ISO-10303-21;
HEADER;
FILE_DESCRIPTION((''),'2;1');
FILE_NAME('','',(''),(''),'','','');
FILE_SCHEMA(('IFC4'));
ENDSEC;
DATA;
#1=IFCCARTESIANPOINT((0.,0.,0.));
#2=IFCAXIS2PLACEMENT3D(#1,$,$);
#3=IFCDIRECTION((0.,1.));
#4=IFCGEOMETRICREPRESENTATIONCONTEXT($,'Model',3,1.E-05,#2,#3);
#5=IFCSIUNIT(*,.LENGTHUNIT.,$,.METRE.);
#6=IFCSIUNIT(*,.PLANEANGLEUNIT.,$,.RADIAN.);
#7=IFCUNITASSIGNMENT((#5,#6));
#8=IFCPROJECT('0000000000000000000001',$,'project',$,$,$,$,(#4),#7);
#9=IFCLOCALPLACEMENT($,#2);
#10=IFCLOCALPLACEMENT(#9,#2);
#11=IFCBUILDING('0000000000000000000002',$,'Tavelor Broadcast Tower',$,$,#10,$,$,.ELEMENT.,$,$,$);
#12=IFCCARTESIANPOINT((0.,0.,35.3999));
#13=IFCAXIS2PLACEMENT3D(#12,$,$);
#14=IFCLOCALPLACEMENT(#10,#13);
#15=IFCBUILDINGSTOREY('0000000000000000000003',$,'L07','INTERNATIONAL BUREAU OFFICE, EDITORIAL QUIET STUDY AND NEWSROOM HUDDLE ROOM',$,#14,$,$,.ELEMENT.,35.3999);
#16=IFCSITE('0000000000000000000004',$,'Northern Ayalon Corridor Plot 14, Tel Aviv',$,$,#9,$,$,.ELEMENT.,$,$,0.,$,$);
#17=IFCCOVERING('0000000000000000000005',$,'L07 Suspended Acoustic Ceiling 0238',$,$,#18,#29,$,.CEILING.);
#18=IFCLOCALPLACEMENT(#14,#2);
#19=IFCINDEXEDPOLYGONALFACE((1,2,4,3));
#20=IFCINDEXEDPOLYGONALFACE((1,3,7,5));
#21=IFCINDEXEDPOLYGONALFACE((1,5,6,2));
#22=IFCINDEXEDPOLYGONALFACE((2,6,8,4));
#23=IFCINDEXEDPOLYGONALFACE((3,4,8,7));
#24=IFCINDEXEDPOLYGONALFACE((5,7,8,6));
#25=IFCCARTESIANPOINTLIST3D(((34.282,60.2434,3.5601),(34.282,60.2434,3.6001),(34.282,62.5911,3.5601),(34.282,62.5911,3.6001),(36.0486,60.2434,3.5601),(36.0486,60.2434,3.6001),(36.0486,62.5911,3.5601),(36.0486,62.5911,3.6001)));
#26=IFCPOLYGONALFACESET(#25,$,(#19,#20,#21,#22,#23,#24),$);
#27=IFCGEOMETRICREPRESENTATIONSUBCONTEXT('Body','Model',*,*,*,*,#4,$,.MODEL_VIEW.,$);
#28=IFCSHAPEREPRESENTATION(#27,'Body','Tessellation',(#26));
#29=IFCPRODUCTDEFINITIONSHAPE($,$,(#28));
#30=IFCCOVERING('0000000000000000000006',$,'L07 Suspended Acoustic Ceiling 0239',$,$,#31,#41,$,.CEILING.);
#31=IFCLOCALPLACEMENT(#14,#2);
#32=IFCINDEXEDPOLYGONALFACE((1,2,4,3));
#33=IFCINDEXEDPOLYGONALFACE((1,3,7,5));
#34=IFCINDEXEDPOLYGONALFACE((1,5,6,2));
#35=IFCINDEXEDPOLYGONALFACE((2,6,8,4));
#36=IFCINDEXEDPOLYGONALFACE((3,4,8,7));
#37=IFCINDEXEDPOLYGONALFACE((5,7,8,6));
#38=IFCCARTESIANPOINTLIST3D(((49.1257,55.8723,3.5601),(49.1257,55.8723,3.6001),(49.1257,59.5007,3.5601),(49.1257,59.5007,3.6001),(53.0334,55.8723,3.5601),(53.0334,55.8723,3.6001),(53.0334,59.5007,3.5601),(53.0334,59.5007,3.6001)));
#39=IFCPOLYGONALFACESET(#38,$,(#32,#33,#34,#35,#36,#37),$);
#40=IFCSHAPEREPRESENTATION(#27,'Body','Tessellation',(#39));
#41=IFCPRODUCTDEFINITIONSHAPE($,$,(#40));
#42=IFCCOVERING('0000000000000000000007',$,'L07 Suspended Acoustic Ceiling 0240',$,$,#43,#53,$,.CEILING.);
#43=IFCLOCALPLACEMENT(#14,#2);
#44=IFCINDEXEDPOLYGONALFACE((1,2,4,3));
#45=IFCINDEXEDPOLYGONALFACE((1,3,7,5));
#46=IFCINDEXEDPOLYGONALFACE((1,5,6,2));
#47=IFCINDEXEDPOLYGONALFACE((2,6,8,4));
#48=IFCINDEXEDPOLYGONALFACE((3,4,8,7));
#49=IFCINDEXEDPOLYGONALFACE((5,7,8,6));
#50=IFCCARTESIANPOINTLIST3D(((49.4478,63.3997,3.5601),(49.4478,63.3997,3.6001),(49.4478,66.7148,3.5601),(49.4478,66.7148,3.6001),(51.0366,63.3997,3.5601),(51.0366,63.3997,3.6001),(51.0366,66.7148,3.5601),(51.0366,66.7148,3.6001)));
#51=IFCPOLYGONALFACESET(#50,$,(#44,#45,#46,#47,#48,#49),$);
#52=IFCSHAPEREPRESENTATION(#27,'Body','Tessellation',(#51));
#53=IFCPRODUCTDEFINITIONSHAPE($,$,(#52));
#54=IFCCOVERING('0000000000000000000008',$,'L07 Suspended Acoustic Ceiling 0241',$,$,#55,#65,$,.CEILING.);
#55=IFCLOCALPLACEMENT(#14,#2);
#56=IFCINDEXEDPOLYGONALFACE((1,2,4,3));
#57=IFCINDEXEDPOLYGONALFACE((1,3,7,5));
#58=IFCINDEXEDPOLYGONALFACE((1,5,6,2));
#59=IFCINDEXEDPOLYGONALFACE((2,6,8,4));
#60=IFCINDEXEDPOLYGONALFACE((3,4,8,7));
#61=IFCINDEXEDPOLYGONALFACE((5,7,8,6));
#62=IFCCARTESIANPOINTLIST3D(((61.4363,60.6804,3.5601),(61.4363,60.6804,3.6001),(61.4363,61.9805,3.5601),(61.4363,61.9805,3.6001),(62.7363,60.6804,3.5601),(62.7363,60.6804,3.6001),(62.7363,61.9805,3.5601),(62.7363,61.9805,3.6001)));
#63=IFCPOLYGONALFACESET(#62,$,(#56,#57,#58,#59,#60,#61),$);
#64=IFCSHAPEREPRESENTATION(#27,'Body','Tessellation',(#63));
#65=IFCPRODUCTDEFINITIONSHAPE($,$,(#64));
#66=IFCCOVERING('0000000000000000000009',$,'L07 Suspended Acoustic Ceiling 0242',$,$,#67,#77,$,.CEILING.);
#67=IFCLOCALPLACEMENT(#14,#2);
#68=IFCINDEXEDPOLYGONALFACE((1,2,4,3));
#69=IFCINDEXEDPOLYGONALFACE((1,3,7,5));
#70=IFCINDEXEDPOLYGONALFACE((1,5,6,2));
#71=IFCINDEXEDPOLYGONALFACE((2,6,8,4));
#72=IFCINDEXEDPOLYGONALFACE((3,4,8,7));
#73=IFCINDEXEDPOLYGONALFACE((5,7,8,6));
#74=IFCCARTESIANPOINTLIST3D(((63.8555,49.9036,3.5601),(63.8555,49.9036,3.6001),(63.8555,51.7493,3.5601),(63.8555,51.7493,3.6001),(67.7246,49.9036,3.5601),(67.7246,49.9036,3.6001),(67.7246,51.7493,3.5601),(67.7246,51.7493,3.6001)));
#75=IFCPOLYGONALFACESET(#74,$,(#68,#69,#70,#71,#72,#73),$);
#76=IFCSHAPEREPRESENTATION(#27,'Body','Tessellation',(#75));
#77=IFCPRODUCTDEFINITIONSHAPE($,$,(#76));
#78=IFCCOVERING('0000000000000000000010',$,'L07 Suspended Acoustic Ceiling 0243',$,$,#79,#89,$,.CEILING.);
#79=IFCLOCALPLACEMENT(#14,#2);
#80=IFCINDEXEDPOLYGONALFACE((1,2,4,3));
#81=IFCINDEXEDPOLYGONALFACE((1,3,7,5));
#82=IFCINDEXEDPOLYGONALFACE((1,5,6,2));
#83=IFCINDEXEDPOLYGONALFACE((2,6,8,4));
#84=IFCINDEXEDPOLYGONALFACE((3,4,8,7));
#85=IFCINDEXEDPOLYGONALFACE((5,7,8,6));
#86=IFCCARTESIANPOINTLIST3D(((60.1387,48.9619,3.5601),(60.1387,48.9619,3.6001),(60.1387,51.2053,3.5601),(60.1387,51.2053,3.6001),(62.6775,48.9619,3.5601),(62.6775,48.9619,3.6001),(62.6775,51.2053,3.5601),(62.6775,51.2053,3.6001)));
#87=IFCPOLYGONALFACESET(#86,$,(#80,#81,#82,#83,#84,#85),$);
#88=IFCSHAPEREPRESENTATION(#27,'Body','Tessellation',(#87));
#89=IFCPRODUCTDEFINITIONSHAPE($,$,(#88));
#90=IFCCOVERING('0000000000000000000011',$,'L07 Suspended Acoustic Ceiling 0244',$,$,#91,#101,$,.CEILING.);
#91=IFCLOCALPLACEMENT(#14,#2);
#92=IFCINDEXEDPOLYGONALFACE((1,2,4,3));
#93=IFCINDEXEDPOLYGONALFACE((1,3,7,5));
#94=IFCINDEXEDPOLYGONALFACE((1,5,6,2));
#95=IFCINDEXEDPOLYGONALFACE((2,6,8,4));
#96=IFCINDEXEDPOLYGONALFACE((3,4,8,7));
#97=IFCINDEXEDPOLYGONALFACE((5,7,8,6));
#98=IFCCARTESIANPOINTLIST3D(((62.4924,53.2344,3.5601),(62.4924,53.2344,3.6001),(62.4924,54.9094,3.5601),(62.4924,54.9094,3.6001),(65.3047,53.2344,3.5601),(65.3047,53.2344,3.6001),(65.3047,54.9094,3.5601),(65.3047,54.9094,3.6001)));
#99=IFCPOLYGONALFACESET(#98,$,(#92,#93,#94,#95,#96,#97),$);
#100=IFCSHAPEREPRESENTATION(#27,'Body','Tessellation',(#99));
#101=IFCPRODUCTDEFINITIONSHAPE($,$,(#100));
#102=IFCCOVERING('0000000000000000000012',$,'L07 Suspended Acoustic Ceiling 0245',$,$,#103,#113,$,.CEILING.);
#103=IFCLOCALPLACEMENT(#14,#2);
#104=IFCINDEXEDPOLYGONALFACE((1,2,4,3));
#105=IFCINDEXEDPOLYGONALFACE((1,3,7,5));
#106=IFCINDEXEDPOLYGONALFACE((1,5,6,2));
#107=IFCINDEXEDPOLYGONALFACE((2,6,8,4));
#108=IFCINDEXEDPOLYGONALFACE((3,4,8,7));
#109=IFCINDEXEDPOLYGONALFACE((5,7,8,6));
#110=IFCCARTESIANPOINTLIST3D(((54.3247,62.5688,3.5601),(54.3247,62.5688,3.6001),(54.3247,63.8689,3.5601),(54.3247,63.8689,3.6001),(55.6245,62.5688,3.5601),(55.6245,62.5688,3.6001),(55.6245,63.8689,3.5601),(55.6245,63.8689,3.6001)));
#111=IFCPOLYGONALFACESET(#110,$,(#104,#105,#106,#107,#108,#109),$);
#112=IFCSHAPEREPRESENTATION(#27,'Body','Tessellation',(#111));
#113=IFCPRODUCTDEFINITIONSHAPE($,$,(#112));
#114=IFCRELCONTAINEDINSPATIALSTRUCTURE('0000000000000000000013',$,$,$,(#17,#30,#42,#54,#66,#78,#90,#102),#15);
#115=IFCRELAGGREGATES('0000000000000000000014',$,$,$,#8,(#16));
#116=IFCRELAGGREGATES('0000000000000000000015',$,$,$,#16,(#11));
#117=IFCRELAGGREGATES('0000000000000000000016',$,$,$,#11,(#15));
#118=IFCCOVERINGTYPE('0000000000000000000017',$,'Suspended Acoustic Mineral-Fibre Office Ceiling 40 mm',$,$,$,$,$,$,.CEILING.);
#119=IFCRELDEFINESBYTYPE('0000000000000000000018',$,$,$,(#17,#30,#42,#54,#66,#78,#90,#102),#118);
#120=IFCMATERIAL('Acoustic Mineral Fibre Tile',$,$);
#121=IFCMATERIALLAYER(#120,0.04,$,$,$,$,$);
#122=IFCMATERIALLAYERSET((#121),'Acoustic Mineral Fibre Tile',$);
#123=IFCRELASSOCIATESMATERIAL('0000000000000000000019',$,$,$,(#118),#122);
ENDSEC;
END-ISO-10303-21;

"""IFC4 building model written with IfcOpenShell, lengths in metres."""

from ifc_helpers import new_model, si_unit, direction, frame, origin, place, context, subcontext, project, spatial, polyline, outline, extrude, material, layer, layer_set, type_object, element, save


model = new_model("IFC4")

# Units and contexts
model_context = context("Model", 3, precision=1e-05, world=origin(), true_north=direction((0.0, 1.0)))
body_context = subcontext(model_context, "Body", "Model", "MODEL_VIEW")
ifc_project = project(units=[si_unit("LENGTHUNIT", "METRE"), si_unit("PLANEANGLEUNIT", "RADIAN")], contexts=[model_context])

# Site, building, storey
site_placement = place(None, origin())
site = spatial("IfcSite", under=ifc_project, at=site_placement, Name="Northern Ayalon Corridor Plot 14, Tel Aviv", CompositionType="ELEMENT", RefElevation=0.0)
building_placement = place(site_placement, origin())
building = spatial("IfcBuilding", under=site, at=building_placement, Name="Tavelor Broadcast Tower", CompositionType="ELEMENT")
storey_placement = place(building_placement, frame((0.0, 0.0, 35.3999)))
storey = spatial("IfcBuildingStorey", under=building, at=storey_placement, Name="L07", Description="INTERNATIONAL BUREAU OFFICE, EDITORIAL QUIET STUDY AND NEWSROOM HUDDLE ROOM", CompositionType="ELEMENT", Elevation=35.3999)

# Coverings
ifc_material_1 = material(Name="Acoustic Mineral Fibre Tile")
ifc_layer_1 = layer(ifc_material_1, 0.04)
ifc_layer_set_1 = layer_set([ifc_layer_1], Name="Acoustic Mineral Fibre Tile")
covering_type_1 = type_object("IfcCoveringType", Name="Suspended Acoustic Mineral-Fibre Office Ceiling 40 mm", PredefinedType="CEILING", material=ifc_layer_set_1)
covering_1_placement = place(storey_placement, frame((0.0, 0.0, 3.5601)))
element("IfcCovering", 1, at=covering_1_placement, inside=storey, type_object=covering_type_1, Name="L07 Suspended Acoustic Ceiling 0238", PredefinedType="CEILING", context=body_context, shape_type="SweptSolid", body=[
    extrude(outline(polyline([(34.282, 60.2434), (36.0486, 60.2434), (36.0486, 62.5911), (34.282, 62.5911), (34.282, 60.2434)])), origin(), (0.0, 0.0, 1.0), 0.04),
])
covering_2_placement = place(storey_placement, frame((0.0, 0.0, 3.5601)))
element("IfcCovering", 2, at=covering_2_placement, inside=storey, type_object=covering_type_1, Name="L07 Suspended Acoustic Ceiling 0239", PredefinedType="CEILING", context=body_context, shape_type="SweptSolid", body=[
    extrude(outline(polyline([(49.1257, 55.8723), (53.0334, 55.8723), (53.0334, 59.5007), (49.1257, 59.5007), (49.1257, 55.8723)])), origin(), (0.0, 0.0, 1.0), 0.04),
])
covering_3_placement = place(storey_placement, frame((0.0, 0.0, 3.5601)))
element("IfcCovering", 3, at=covering_3_placement, inside=storey, type_object=covering_type_1, Name="L07 Suspended Acoustic Ceiling 0240", PredefinedType="CEILING", context=body_context, shape_type="SweptSolid", body=[
    extrude(outline(polyline([(49.4478, 63.3997), (51.0366, 63.3997), (51.0366, 66.7148), (49.4478, 66.7148), (49.4478, 63.3997)])), origin(), (0.0, 0.0, 1.0), 0.04),
])
covering_4_placement = place(storey_placement, frame((0.0, 0.0, 3.5601)))
element("IfcCovering", 4, at=covering_4_placement, inside=storey, type_object=covering_type_1, Name="L07 Suspended Acoustic Ceiling 0241", PredefinedType="CEILING", context=body_context, shape_type="SweptSolid", body=[
    extrude(outline(polyline([(61.4363, 60.6804), (62.7363, 60.6804), (62.7363, 61.9805), (61.4363, 61.9805), (61.4363, 60.6804)])), origin(), (0.0, 0.0, 1.0), 0.04),
])
covering_5_placement = place(storey_placement, frame((0.0, 0.0, 3.5601)))
element("IfcCovering", 5, at=covering_5_placement, inside=storey, type_object=covering_type_1, Name="L07 Suspended Acoustic Ceiling 0242", PredefinedType="CEILING", context=body_context, shape_type="SweptSolid", body=[
    extrude(outline(polyline([(63.8555, 49.9036), (67.7246, 49.9036), (67.7246, 51.7493), (63.8555, 51.7493), (63.8555, 49.9036)])), origin(), (0.0, 0.0, 1.0), 0.04),
])
covering_6_placement = place(storey_placement, frame((0.0, 0.0, 3.5601)))
element("IfcCovering", 6, at=covering_6_placement, inside=storey, type_object=covering_type_1, Name="L07 Suspended Acoustic Ceiling 0243", PredefinedType="CEILING", context=body_context, shape_type="SweptSolid", body=[
    extrude(outline(polyline([(60.1387, 48.9619), (62.6775, 48.9619), (62.6775, 51.2053), (60.1387, 51.2053), (60.1387, 48.9619)])), origin(), (0.0, 0.0, 1.0), 0.04),
])
covering_7_placement = place(storey_placement, frame((0.0, 0.0, 3.5601)))
element("IfcCovering", 7, at=covering_7_placement, inside=storey, type_object=covering_type_1, Name="L07 Suspended Acoustic Ceiling 0244", PredefinedType="CEILING", context=body_context, shape_type="SweptSolid", body=[
    extrude(outline(polyline([(62.4924, 53.2344), (65.3047, 53.2344), (65.3047, 54.9094), (62.4924, 54.9094), (62.4924, 53.2344)])), origin(), (0.0, 0.0, 1.0), 0.04),
])
covering_8_placement = place(storey_placement, frame((0.0, 0.0, 3.5601)))
element("IfcCovering", 8, at=covering_8_placement, inside=storey, type_object=covering_type_1, Name="L07 Suspended Acoustic Ceiling 0245", PredefinedType="CEILING", context=body_context, shape_type="SweptSolid", body=[
    extrude(outline(polyline([(54.3247, 62.5688), (55.6245, 62.5688), (55.6245, 63.8689), (54.3247, 63.8689), (54.3247, 62.5688)])), origin(), (0.0, 0.0, 1.0), 0.04),
])

save(model, "model.ifc")
